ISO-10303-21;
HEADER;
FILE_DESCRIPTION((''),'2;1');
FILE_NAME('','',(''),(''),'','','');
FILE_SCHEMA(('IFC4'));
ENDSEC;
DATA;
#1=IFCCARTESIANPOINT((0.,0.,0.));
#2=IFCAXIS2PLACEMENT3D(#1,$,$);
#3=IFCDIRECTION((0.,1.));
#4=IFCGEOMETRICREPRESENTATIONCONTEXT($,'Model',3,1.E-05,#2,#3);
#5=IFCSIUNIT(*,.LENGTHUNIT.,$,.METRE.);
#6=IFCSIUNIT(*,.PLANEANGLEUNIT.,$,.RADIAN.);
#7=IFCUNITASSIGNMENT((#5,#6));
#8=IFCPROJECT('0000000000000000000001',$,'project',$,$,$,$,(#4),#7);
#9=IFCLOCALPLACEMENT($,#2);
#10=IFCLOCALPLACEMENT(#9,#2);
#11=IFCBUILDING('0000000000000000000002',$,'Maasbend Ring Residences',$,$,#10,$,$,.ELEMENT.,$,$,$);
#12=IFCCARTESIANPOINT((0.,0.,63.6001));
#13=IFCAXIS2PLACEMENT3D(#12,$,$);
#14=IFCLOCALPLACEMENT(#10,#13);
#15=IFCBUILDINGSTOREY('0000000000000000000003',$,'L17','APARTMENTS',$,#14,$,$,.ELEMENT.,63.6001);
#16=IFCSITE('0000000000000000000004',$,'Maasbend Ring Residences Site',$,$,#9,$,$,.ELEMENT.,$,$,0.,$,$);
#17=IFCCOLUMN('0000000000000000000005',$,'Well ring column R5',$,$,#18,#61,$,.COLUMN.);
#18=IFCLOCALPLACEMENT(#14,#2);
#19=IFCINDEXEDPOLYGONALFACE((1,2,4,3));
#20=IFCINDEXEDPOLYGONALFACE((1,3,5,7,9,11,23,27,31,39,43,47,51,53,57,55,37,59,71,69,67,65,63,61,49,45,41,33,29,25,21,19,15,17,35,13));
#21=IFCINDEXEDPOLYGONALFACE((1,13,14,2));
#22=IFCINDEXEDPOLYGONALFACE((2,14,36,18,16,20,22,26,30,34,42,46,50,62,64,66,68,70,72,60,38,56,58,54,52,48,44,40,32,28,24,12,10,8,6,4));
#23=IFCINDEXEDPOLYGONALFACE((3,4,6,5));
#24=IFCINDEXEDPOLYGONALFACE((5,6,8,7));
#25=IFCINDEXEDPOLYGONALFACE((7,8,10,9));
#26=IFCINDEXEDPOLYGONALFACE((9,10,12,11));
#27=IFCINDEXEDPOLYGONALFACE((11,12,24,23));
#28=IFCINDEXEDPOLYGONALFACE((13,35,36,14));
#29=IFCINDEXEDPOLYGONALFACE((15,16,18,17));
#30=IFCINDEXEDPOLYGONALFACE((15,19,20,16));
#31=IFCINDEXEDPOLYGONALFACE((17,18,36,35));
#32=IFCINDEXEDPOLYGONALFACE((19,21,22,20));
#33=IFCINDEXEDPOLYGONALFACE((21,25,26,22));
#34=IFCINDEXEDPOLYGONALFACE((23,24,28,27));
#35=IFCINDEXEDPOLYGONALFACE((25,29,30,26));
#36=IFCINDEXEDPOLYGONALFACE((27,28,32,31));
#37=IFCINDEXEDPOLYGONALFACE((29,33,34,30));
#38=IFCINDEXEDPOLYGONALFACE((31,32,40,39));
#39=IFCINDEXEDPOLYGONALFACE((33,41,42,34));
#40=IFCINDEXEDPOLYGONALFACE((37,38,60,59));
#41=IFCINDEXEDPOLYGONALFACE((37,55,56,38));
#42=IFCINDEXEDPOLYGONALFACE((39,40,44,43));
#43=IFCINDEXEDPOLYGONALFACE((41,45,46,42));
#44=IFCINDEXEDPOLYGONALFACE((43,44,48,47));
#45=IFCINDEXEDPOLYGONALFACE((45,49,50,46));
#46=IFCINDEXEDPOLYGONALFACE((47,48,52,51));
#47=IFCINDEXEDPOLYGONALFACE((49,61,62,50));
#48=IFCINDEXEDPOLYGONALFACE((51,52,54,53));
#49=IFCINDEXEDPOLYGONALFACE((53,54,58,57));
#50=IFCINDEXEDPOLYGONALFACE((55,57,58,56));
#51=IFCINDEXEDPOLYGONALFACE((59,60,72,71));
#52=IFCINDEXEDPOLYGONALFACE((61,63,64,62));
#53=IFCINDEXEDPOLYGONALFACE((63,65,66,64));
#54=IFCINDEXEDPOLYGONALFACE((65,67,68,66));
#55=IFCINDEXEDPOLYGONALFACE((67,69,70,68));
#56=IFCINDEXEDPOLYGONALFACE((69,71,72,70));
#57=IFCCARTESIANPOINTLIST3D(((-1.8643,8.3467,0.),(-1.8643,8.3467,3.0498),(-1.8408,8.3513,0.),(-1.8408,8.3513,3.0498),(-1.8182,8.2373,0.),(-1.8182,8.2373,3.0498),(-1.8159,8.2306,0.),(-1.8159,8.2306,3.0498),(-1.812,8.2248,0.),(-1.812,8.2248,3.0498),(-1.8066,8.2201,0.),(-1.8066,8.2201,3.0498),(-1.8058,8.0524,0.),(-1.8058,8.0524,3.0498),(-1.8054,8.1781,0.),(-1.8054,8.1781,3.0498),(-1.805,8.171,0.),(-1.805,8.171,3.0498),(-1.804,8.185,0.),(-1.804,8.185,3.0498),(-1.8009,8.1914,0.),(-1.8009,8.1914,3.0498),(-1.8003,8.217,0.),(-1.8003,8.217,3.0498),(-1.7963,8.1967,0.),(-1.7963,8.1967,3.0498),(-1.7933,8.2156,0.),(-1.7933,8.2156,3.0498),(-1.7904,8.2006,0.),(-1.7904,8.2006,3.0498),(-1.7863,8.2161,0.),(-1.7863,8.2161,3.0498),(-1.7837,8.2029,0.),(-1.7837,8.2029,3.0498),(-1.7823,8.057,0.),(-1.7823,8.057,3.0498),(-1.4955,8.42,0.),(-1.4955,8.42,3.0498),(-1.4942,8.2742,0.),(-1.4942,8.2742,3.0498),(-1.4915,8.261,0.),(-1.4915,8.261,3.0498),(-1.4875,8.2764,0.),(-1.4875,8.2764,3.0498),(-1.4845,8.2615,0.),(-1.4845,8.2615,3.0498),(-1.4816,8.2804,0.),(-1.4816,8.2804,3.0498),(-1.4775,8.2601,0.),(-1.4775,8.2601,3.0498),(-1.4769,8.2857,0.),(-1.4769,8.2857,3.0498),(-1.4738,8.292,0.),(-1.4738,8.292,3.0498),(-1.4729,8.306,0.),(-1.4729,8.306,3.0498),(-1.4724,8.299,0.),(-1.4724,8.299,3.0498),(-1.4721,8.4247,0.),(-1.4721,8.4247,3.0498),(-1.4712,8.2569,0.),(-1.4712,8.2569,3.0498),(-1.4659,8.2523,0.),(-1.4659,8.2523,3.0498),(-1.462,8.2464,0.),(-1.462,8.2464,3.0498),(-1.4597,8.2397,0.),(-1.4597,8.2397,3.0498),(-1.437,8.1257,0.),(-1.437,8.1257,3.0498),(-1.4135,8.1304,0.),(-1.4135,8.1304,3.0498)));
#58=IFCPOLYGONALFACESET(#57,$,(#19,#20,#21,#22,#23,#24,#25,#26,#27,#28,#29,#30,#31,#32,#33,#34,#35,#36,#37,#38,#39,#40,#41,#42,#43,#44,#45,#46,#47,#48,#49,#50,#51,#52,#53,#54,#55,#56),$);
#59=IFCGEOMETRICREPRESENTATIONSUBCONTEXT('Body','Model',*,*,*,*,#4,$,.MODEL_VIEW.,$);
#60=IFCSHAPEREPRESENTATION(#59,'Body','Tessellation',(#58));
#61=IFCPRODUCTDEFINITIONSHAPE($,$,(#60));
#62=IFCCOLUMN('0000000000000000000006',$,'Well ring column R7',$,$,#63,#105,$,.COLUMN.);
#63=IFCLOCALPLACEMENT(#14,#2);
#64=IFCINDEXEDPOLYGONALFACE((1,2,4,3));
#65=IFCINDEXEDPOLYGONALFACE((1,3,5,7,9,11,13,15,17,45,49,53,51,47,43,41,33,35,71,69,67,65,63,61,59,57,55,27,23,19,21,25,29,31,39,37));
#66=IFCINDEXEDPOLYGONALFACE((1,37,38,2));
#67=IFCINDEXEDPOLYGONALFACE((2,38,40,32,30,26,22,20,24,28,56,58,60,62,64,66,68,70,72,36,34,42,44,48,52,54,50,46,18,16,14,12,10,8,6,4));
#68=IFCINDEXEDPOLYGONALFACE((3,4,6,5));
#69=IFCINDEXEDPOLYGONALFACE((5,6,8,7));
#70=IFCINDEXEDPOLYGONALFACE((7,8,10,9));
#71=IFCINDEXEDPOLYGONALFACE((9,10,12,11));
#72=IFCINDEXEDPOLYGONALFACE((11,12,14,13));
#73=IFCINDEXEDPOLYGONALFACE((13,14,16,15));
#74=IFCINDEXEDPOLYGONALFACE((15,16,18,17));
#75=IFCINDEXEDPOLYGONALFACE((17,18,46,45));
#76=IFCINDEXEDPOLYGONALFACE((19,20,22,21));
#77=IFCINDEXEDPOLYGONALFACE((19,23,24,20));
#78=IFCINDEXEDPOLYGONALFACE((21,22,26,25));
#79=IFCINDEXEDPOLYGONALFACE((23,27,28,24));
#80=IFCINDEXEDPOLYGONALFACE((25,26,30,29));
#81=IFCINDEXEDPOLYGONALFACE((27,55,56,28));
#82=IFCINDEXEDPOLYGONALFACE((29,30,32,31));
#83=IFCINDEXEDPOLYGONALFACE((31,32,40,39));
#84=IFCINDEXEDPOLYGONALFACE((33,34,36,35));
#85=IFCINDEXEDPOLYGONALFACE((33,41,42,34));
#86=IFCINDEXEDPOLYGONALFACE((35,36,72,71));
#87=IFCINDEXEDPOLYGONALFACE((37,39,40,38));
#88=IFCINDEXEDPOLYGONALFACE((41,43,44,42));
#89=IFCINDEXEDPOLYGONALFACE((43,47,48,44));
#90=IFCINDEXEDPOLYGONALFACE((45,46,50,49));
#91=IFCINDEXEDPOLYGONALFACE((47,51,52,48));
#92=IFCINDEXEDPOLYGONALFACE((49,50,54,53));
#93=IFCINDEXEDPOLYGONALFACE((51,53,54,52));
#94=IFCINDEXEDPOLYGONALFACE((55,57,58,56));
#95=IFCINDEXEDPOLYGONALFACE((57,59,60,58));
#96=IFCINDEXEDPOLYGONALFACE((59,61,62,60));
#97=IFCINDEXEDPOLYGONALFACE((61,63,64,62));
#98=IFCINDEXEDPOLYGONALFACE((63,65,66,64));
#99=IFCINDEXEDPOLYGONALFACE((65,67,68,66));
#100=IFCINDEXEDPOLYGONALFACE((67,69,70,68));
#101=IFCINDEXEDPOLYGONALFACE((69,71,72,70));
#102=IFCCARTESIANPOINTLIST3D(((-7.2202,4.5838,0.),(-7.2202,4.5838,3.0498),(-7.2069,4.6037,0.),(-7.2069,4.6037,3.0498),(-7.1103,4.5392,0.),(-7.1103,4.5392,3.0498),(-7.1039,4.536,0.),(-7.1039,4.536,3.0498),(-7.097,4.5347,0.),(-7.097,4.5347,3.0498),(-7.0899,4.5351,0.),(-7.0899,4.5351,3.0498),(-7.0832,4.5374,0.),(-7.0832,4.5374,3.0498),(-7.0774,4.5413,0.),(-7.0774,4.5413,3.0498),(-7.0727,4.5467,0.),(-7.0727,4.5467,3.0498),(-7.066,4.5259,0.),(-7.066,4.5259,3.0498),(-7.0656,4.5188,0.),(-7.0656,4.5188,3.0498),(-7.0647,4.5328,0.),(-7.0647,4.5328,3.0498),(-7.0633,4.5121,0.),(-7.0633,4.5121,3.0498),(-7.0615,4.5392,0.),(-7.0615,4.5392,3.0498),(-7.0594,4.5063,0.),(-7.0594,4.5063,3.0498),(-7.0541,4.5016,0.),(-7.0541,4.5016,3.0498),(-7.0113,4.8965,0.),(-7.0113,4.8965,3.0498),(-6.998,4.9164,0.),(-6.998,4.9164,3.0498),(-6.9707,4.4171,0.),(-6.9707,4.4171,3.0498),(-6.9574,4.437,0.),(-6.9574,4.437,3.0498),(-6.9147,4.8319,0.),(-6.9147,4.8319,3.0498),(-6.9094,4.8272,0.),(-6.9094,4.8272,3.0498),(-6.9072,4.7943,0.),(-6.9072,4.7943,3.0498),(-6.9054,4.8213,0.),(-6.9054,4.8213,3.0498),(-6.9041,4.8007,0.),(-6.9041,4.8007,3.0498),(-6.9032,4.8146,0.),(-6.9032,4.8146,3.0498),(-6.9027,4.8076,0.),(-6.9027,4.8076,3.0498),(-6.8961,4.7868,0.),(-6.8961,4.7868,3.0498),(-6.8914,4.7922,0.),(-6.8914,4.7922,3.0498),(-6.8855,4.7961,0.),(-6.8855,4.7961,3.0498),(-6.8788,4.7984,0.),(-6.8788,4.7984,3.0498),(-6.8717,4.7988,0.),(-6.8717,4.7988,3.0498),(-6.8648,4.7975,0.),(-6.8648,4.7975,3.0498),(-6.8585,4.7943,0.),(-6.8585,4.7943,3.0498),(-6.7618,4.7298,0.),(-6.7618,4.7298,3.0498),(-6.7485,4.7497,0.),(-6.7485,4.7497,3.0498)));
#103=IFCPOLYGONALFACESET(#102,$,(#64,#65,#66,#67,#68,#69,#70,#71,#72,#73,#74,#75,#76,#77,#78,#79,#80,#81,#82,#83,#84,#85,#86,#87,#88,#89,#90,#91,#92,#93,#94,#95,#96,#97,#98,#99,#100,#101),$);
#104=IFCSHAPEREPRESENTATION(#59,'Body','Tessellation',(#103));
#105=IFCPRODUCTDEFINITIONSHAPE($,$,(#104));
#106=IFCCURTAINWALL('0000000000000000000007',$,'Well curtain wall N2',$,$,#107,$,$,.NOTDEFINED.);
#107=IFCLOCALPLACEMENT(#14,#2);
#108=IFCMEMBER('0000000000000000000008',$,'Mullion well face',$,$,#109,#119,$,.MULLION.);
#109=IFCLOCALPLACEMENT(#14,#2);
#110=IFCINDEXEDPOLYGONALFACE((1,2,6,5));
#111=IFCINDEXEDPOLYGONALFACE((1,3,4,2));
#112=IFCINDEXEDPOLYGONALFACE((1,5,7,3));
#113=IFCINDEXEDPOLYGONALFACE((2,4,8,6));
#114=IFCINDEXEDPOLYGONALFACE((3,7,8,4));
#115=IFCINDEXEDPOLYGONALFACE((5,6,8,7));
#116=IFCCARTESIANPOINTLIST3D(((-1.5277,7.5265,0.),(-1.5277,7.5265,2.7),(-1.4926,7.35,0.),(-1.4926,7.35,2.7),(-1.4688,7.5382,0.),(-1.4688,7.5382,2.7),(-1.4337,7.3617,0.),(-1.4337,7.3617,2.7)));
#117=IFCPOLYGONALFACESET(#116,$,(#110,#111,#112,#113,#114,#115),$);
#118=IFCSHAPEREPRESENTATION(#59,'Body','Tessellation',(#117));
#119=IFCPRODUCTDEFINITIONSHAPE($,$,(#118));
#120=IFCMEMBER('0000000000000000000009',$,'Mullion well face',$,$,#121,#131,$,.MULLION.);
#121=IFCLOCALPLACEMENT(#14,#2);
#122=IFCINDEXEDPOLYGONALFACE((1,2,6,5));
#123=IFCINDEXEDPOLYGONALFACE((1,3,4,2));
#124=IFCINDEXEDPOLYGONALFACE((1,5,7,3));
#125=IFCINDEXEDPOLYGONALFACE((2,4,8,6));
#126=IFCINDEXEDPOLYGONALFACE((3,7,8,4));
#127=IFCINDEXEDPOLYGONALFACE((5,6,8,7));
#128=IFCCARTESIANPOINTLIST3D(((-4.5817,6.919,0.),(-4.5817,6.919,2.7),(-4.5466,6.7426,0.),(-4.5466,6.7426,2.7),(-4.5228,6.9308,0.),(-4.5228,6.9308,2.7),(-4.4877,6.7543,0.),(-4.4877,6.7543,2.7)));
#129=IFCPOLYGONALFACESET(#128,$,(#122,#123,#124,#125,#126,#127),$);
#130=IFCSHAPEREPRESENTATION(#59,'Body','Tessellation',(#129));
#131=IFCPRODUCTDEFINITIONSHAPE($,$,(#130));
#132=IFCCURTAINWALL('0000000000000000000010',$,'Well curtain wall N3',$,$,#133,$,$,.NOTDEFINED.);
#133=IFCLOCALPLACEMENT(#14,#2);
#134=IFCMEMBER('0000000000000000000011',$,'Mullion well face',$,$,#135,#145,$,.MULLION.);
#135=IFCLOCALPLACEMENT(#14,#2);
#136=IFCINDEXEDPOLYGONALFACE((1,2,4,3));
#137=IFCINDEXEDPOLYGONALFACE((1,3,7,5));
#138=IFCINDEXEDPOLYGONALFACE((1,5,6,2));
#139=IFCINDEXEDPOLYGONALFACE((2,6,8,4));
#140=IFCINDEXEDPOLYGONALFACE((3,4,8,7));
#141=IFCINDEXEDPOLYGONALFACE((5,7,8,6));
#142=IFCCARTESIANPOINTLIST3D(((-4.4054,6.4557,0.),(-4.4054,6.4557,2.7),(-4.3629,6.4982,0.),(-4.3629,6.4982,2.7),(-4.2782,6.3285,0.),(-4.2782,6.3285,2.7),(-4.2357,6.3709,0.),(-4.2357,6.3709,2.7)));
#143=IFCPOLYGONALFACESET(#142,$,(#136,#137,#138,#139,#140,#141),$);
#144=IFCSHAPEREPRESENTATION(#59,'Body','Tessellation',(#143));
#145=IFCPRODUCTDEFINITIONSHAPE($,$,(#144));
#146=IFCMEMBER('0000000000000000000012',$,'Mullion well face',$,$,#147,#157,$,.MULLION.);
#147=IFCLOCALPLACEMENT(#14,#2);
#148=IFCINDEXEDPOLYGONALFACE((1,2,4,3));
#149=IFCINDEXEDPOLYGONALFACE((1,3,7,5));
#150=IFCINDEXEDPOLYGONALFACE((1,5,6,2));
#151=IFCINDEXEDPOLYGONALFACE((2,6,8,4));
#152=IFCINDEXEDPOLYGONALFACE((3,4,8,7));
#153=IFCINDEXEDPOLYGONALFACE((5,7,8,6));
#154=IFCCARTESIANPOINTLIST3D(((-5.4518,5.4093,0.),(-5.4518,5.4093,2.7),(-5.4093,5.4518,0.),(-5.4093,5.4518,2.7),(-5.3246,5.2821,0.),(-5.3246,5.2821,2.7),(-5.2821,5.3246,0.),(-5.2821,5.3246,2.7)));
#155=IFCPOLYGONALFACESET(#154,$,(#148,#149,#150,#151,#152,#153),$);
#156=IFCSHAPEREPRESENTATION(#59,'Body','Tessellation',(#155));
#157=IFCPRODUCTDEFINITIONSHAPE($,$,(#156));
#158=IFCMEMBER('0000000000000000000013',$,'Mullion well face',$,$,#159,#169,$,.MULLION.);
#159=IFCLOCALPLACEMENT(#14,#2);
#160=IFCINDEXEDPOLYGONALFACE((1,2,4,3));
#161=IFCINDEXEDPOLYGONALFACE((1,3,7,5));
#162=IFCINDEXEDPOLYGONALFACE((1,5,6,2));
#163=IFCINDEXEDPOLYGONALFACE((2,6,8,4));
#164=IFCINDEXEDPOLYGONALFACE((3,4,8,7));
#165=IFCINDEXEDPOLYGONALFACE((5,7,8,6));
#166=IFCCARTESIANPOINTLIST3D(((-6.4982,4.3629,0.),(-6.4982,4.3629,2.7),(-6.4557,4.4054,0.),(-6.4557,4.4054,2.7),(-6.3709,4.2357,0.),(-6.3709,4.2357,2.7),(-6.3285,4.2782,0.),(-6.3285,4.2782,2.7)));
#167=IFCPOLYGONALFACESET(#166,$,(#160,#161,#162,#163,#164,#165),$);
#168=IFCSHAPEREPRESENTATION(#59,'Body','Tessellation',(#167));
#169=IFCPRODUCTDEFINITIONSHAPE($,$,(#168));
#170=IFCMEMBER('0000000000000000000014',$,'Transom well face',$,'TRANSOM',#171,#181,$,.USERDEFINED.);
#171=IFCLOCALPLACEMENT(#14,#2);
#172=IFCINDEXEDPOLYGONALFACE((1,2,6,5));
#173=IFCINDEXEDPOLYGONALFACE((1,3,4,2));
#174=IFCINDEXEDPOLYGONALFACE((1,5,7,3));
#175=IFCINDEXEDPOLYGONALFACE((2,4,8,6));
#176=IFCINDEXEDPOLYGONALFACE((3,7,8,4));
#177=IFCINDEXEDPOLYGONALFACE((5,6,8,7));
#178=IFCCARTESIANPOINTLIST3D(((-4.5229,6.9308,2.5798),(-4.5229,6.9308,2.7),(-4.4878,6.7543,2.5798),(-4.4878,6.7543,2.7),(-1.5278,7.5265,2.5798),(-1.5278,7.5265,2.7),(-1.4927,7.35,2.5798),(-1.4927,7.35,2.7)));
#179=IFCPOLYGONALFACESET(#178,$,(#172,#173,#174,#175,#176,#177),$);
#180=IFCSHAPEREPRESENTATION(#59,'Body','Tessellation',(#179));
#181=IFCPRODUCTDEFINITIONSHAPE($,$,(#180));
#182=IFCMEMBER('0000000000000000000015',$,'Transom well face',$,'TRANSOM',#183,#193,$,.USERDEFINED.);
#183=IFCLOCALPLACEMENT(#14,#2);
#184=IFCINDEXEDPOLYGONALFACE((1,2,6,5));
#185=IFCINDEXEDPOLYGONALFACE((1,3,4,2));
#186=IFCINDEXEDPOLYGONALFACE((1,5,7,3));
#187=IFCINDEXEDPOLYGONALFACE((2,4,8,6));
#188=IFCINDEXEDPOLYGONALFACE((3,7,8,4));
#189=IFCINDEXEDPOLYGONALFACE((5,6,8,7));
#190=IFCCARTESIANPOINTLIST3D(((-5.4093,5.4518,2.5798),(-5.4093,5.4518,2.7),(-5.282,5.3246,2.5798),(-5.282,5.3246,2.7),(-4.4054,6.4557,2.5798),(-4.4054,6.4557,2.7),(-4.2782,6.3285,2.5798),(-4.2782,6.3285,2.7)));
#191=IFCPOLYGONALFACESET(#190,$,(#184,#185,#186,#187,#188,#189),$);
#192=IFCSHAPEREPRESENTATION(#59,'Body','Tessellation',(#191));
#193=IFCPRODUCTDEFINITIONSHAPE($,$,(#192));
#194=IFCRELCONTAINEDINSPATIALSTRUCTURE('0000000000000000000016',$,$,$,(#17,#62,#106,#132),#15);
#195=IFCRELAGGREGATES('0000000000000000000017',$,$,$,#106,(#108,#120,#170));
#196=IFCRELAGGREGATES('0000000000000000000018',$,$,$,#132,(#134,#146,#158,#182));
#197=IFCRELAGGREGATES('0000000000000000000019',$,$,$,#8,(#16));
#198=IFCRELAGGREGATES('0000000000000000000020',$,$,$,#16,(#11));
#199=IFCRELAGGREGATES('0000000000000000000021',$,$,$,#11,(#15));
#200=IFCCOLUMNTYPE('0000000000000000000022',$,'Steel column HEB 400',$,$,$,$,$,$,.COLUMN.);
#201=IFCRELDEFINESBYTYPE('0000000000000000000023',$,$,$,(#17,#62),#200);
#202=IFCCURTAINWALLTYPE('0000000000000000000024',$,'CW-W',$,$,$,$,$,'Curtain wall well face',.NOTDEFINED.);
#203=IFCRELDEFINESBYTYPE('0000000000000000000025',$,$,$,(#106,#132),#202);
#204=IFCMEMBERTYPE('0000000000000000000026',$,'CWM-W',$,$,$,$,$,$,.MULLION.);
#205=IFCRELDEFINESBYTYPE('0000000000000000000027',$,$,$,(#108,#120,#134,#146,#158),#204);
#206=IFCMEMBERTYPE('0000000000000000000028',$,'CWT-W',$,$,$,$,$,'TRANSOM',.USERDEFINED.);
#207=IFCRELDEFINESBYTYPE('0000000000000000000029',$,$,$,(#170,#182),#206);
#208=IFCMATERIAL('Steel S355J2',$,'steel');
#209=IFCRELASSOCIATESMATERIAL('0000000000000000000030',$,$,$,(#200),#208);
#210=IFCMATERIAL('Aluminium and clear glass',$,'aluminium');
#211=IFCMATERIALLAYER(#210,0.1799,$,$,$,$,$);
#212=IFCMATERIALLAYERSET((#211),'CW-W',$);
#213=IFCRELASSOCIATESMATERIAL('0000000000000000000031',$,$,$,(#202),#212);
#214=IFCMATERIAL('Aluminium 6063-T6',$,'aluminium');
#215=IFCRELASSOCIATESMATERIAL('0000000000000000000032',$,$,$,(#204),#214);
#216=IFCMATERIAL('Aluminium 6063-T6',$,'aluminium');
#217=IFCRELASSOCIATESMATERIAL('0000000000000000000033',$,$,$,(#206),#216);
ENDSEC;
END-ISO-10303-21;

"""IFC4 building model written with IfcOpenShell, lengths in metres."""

from ifc_helpers import new_model, si_unit, direction, frame, origin, origin_2d, place, context, subcontext, project, spatial, rectangle, i_section, extrude, material, layer, layer_set, material_profile, profile_set, type_object, element, aggregate, save


model = new_model("IFC4")

# Units and contexts
model_context = context("Model", 3, precision=1e-05, world=origin(), true_north=direction((0.0, 1.0)))
body_context = subcontext(model_context, "Body", "Model", "MODEL_VIEW")
ifc_project = project(units=[si_unit("LENGTHUNIT", "METRE"), si_unit("PLANEANGLEUNIT", "RADIAN")], contexts=[model_context])

# Site, building, storey
site_placement = place(None, origin())
site = spatial("IfcSite", under=ifc_project, at=site_placement, Name="Maasbend Ring Residences Site", CompositionType="ELEMENT", RefElevation=0.0)
building_placement = place(site_placement, origin())
building = spatial("IfcBuilding", under=site, at=building_placement, Name="Maasbend Ring Residences", CompositionType="ELEMENT")
storey_placement = place(building_placement, frame((0.0, 0.0, 63.6001)))
storey = spatial("IfcBuildingStorey", under=building, at=storey_placement, Name="L17", Description="APARTMENTS", CompositionType="ELEMENT", Elevation=63.6001)

# Columns
ifc_material_1 = material(Name="Steel S355J2", Category="steel")
ifc_material_profile_1 = material_profile(ifc_material_1, i_section(OverallWidth=0.3, OverallDepth=0.3999, WebThickness=0.0134, FlangeThickness=0.0239, FilletRadius=0.0271, at=origin_2d()), Name="HEB 400")
ifc_profile_set_1 = profile_set([ifc_material_profile_1], Name="Steel S355J2")
column_type = type_object("IfcColumnType", Name="Steel column HEB 400", PredefinedType="COLUMN", material=ifc_profile_set_1)
for number, where, z_axis, x_axis, name in (
    (1, (-1.6389, 8.2385, 0.0), (0.0, 0.0, 1.0), (-0.19509, 0.980785, 0.0), "Well ring column R5"),
    (2, (-6.9844, 4.6667, 0.0), (0.0, 0.0, 1.0), (-0.83147, 0.55557, 0.0), "Well ring column R7"),
):
    element("IfcColumn", number, at=place(storey_placement, frame(where, z_axis=z_axis, x_axis=x_axis)), inside=storey, type_object=column_type, Name=name, PredefinedType="COLUMN", context=body_context, shape_type="SweptSolid", body=[
        extrude(i_section(OverallWidth=0.3, OverallDepth=0.3999, WebThickness=0.0134, FlangeThickness=0.0239, FilletRadius=0.0271, at=origin_2d()), origin(), (0.0, 0.0, 1.0), 3.0498),
    ])

# Curtain walls, members
ifc_material_2 = material(Name="Aluminium and clear glass", Category="aluminium")
ifc_layer_1 = layer(ifc_material_2, 0.1799)
ifc_layer_set_1 = layer_set([ifc_layer_1], Name="CW-W")
curtain_wall_type = type_object("IfcCurtainWallType", Name="CW-W", ElementType="Curtain wall well face", PredefinedType="NOTDEFINED", material=ifc_layer_set_1)
curtain_wall_1_placement = place(storey_placement, origin())
curtain_wall_1 = element("IfcCurtainWall", 3, at=curtain_wall_1_placement, inside=storey, type_object=curtain_wall_type, Name="Well curtain wall N2", PredefinedType="NOTDEFINED")
ifc_material_3 = material(Name="Aluminium 6063-T6", Category="aluminium")
ifc_material_profile_2 = material_profile(ifc_material_3, rectangle(XDim=0.1799, YDim=0.0601, at=origin_2d()), Name="AL 180x60")
ifc_profile_set_2 = profile_set([ifc_material_profile_2], Name="Aluminium 6063-T6")
member_type_1 = type_object("IfcMemberType", Name="CWM-W", PredefinedType="MULLION", material=ifc_profile_set_2)
member_1_placement = place(storey_placement, frame((-1.4807, 7.4441, 0.0), z_axis=(0.0, 0.0, 1.0), x_axis=(0.19509, -0.980785, 0.0)))
member_1 = element("IfcMember", 4, at=member_1_placement, type_object=member_type_1, Name="Mullion well face", PredefinedType="MULLION", context=body_context, shape_type="SweptSolid", body=[
    extrude(rectangle(XDim=0.1799, YDim=0.0601, at=origin_2d()), origin(), (0.0, 0.0, 1.0), 2.7),
])
member_2_placement = place(storey_placement, frame((-4.5347, 6.8367, 0.0), z_axis=(0.0, 0.0, 1.0), x_axis=(0.19509, -0.980785, 0.0)))
member_2 = element("IfcMember", 5, at=member_2_placement, type_object=member_type_1, Name="Mullion well face", PredefinedType="MULLION", context=body_context, shape_type="SweptSolid", body=[
    extrude(rectangle(XDim=0.1799, YDim=0.0601, at=origin_2d()), origin(), (0.0, 0.0, 1.0), 2.7),
])
curtain_wall_2_placement = place(storey_placement, origin())
curtain_wall_2 = element("IfcCurtainWall", 6, at=curtain_wall_2_placement, inside=storey, type_object=curtain_wall_type, Name="Well curtain wall N3", PredefinedType="NOTDEFINED")
member_3_placement = place(storey_placement, frame((-4.3206, 6.4133, 0.0), z_axis=(0.0, 0.0, 1.0), x_axis=(0.707107, -0.707107, 0.0)))
member_3 = element("IfcMember", 7, at=member_3_placement, type_object=member_type_1, Name="Mullion well face", PredefinedType="MULLION", context=body_context, shape_type="SweptSolid", body=[
    extrude(rectangle(XDim=0.1799, YDim=0.0601, at=origin_2d()), origin(), (0.0, 0.0, 1.0), 2.7),
])
member_4_placement = place(storey_placement, frame((-5.3669, 5.3669, 0.0), z_axis=(0.0, 0.0, 1.0), x_axis=(0.707107, -0.707107, 0.0)))
member_4 = element("IfcMember", 8, at=member_4_placement, type_object=member_type_1, Name="Mullion well face", PredefinedType="MULLION", context=body_context, shape_type="SweptSolid", body=[
    extrude(rectangle(XDim=0.1799, YDim=0.0601, at=origin_2d()), origin(), (0.0, 0.0, 1.0), 2.7),
])
member_5_placement = place(storey_placement, frame((-6.4133, 4.3206, 0.0), z_axis=(0.0, 0.0, 1.0), x_axis=(0.707107, -0.707107, 0.0)))
member_5 = element("IfcMember", 9, at=member_5_placement, type_object=member_type_1, Name="Mullion well face", PredefinedType="MULLION", context=body_context, shape_type="SweptSolid", body=[
    extrude(rectangle(XDim=0.1799, YDim=0.0601, at=origin_2d()), origin(), (0.0, 0.0, 1.0), 2.7),
])

# Members
ifc_material_4 = material(Name="Aluminium 6063-T6", Category="aluminium")
ifc_material_profile_3 = material_profile(ifc_material_4, rectangle(XDim=0.1799, YDim=0.1201, at=origin_2d()), Name="AL 180x120")
ifc_profile_set_3 = profile_set([ifc_material_profile_3], Name="Aluminium 6063-T6")
member_type_2 = type_object("IfcMemberType", Name="CWT-W", ElementType="TRANSOM", PredefinedType="USERDEFINED", material=ifc_profile_set_3)
member_6_placement = place(storey_placement, frame((-1.5103, 7.4382, 2.6399), z_axis=(-0.980789, -0.195071, 0.0), x_axis=(0.195071, -0.980789, 0.0)))
member_6 = element("IfcMember", 10, at=member_6_placement, type_object=member_type_2, Name="Transom well face", ObjectType="TRANSOM", PredefinedType="USERDEFINED", context=body_context, shape_type="SweptSolid", body=[
    extrude(rectangle(XDim=0.1799, YDim=0.1201, at=origin_2d()), origin(), (0.0, 0.0, 1.0), 3.0537),
])
member_7_placement = place(storey_placement, frame((-4.3418, 6.3921, 2.6399), z_axis=(-0.707107, -0.707107, 0.0), x_axis=(0.707107, -0.707107, 0.0)))
member_7 = element("IfcMember", 11, at=member_7_placement, type_object=member_type_2, Name="Transom well face", ObjectType="TRANSOM", PredefinedType="USERDEFINED", context=body_context, shape_type="SweptSolid", body=[
    extrude(rectangle(XDim=0.1799, YDim=0.1201, at=origin_2d()), origin(), (0.0, 0.0, 1.0), 1.4197),
])

aggregate(curtain_wall_1, [member_1, member_2, member_6])
aggregate(curtain_wall_2, [member_3, member_4, member_5, member_7])

save(model, "model.ifc")
